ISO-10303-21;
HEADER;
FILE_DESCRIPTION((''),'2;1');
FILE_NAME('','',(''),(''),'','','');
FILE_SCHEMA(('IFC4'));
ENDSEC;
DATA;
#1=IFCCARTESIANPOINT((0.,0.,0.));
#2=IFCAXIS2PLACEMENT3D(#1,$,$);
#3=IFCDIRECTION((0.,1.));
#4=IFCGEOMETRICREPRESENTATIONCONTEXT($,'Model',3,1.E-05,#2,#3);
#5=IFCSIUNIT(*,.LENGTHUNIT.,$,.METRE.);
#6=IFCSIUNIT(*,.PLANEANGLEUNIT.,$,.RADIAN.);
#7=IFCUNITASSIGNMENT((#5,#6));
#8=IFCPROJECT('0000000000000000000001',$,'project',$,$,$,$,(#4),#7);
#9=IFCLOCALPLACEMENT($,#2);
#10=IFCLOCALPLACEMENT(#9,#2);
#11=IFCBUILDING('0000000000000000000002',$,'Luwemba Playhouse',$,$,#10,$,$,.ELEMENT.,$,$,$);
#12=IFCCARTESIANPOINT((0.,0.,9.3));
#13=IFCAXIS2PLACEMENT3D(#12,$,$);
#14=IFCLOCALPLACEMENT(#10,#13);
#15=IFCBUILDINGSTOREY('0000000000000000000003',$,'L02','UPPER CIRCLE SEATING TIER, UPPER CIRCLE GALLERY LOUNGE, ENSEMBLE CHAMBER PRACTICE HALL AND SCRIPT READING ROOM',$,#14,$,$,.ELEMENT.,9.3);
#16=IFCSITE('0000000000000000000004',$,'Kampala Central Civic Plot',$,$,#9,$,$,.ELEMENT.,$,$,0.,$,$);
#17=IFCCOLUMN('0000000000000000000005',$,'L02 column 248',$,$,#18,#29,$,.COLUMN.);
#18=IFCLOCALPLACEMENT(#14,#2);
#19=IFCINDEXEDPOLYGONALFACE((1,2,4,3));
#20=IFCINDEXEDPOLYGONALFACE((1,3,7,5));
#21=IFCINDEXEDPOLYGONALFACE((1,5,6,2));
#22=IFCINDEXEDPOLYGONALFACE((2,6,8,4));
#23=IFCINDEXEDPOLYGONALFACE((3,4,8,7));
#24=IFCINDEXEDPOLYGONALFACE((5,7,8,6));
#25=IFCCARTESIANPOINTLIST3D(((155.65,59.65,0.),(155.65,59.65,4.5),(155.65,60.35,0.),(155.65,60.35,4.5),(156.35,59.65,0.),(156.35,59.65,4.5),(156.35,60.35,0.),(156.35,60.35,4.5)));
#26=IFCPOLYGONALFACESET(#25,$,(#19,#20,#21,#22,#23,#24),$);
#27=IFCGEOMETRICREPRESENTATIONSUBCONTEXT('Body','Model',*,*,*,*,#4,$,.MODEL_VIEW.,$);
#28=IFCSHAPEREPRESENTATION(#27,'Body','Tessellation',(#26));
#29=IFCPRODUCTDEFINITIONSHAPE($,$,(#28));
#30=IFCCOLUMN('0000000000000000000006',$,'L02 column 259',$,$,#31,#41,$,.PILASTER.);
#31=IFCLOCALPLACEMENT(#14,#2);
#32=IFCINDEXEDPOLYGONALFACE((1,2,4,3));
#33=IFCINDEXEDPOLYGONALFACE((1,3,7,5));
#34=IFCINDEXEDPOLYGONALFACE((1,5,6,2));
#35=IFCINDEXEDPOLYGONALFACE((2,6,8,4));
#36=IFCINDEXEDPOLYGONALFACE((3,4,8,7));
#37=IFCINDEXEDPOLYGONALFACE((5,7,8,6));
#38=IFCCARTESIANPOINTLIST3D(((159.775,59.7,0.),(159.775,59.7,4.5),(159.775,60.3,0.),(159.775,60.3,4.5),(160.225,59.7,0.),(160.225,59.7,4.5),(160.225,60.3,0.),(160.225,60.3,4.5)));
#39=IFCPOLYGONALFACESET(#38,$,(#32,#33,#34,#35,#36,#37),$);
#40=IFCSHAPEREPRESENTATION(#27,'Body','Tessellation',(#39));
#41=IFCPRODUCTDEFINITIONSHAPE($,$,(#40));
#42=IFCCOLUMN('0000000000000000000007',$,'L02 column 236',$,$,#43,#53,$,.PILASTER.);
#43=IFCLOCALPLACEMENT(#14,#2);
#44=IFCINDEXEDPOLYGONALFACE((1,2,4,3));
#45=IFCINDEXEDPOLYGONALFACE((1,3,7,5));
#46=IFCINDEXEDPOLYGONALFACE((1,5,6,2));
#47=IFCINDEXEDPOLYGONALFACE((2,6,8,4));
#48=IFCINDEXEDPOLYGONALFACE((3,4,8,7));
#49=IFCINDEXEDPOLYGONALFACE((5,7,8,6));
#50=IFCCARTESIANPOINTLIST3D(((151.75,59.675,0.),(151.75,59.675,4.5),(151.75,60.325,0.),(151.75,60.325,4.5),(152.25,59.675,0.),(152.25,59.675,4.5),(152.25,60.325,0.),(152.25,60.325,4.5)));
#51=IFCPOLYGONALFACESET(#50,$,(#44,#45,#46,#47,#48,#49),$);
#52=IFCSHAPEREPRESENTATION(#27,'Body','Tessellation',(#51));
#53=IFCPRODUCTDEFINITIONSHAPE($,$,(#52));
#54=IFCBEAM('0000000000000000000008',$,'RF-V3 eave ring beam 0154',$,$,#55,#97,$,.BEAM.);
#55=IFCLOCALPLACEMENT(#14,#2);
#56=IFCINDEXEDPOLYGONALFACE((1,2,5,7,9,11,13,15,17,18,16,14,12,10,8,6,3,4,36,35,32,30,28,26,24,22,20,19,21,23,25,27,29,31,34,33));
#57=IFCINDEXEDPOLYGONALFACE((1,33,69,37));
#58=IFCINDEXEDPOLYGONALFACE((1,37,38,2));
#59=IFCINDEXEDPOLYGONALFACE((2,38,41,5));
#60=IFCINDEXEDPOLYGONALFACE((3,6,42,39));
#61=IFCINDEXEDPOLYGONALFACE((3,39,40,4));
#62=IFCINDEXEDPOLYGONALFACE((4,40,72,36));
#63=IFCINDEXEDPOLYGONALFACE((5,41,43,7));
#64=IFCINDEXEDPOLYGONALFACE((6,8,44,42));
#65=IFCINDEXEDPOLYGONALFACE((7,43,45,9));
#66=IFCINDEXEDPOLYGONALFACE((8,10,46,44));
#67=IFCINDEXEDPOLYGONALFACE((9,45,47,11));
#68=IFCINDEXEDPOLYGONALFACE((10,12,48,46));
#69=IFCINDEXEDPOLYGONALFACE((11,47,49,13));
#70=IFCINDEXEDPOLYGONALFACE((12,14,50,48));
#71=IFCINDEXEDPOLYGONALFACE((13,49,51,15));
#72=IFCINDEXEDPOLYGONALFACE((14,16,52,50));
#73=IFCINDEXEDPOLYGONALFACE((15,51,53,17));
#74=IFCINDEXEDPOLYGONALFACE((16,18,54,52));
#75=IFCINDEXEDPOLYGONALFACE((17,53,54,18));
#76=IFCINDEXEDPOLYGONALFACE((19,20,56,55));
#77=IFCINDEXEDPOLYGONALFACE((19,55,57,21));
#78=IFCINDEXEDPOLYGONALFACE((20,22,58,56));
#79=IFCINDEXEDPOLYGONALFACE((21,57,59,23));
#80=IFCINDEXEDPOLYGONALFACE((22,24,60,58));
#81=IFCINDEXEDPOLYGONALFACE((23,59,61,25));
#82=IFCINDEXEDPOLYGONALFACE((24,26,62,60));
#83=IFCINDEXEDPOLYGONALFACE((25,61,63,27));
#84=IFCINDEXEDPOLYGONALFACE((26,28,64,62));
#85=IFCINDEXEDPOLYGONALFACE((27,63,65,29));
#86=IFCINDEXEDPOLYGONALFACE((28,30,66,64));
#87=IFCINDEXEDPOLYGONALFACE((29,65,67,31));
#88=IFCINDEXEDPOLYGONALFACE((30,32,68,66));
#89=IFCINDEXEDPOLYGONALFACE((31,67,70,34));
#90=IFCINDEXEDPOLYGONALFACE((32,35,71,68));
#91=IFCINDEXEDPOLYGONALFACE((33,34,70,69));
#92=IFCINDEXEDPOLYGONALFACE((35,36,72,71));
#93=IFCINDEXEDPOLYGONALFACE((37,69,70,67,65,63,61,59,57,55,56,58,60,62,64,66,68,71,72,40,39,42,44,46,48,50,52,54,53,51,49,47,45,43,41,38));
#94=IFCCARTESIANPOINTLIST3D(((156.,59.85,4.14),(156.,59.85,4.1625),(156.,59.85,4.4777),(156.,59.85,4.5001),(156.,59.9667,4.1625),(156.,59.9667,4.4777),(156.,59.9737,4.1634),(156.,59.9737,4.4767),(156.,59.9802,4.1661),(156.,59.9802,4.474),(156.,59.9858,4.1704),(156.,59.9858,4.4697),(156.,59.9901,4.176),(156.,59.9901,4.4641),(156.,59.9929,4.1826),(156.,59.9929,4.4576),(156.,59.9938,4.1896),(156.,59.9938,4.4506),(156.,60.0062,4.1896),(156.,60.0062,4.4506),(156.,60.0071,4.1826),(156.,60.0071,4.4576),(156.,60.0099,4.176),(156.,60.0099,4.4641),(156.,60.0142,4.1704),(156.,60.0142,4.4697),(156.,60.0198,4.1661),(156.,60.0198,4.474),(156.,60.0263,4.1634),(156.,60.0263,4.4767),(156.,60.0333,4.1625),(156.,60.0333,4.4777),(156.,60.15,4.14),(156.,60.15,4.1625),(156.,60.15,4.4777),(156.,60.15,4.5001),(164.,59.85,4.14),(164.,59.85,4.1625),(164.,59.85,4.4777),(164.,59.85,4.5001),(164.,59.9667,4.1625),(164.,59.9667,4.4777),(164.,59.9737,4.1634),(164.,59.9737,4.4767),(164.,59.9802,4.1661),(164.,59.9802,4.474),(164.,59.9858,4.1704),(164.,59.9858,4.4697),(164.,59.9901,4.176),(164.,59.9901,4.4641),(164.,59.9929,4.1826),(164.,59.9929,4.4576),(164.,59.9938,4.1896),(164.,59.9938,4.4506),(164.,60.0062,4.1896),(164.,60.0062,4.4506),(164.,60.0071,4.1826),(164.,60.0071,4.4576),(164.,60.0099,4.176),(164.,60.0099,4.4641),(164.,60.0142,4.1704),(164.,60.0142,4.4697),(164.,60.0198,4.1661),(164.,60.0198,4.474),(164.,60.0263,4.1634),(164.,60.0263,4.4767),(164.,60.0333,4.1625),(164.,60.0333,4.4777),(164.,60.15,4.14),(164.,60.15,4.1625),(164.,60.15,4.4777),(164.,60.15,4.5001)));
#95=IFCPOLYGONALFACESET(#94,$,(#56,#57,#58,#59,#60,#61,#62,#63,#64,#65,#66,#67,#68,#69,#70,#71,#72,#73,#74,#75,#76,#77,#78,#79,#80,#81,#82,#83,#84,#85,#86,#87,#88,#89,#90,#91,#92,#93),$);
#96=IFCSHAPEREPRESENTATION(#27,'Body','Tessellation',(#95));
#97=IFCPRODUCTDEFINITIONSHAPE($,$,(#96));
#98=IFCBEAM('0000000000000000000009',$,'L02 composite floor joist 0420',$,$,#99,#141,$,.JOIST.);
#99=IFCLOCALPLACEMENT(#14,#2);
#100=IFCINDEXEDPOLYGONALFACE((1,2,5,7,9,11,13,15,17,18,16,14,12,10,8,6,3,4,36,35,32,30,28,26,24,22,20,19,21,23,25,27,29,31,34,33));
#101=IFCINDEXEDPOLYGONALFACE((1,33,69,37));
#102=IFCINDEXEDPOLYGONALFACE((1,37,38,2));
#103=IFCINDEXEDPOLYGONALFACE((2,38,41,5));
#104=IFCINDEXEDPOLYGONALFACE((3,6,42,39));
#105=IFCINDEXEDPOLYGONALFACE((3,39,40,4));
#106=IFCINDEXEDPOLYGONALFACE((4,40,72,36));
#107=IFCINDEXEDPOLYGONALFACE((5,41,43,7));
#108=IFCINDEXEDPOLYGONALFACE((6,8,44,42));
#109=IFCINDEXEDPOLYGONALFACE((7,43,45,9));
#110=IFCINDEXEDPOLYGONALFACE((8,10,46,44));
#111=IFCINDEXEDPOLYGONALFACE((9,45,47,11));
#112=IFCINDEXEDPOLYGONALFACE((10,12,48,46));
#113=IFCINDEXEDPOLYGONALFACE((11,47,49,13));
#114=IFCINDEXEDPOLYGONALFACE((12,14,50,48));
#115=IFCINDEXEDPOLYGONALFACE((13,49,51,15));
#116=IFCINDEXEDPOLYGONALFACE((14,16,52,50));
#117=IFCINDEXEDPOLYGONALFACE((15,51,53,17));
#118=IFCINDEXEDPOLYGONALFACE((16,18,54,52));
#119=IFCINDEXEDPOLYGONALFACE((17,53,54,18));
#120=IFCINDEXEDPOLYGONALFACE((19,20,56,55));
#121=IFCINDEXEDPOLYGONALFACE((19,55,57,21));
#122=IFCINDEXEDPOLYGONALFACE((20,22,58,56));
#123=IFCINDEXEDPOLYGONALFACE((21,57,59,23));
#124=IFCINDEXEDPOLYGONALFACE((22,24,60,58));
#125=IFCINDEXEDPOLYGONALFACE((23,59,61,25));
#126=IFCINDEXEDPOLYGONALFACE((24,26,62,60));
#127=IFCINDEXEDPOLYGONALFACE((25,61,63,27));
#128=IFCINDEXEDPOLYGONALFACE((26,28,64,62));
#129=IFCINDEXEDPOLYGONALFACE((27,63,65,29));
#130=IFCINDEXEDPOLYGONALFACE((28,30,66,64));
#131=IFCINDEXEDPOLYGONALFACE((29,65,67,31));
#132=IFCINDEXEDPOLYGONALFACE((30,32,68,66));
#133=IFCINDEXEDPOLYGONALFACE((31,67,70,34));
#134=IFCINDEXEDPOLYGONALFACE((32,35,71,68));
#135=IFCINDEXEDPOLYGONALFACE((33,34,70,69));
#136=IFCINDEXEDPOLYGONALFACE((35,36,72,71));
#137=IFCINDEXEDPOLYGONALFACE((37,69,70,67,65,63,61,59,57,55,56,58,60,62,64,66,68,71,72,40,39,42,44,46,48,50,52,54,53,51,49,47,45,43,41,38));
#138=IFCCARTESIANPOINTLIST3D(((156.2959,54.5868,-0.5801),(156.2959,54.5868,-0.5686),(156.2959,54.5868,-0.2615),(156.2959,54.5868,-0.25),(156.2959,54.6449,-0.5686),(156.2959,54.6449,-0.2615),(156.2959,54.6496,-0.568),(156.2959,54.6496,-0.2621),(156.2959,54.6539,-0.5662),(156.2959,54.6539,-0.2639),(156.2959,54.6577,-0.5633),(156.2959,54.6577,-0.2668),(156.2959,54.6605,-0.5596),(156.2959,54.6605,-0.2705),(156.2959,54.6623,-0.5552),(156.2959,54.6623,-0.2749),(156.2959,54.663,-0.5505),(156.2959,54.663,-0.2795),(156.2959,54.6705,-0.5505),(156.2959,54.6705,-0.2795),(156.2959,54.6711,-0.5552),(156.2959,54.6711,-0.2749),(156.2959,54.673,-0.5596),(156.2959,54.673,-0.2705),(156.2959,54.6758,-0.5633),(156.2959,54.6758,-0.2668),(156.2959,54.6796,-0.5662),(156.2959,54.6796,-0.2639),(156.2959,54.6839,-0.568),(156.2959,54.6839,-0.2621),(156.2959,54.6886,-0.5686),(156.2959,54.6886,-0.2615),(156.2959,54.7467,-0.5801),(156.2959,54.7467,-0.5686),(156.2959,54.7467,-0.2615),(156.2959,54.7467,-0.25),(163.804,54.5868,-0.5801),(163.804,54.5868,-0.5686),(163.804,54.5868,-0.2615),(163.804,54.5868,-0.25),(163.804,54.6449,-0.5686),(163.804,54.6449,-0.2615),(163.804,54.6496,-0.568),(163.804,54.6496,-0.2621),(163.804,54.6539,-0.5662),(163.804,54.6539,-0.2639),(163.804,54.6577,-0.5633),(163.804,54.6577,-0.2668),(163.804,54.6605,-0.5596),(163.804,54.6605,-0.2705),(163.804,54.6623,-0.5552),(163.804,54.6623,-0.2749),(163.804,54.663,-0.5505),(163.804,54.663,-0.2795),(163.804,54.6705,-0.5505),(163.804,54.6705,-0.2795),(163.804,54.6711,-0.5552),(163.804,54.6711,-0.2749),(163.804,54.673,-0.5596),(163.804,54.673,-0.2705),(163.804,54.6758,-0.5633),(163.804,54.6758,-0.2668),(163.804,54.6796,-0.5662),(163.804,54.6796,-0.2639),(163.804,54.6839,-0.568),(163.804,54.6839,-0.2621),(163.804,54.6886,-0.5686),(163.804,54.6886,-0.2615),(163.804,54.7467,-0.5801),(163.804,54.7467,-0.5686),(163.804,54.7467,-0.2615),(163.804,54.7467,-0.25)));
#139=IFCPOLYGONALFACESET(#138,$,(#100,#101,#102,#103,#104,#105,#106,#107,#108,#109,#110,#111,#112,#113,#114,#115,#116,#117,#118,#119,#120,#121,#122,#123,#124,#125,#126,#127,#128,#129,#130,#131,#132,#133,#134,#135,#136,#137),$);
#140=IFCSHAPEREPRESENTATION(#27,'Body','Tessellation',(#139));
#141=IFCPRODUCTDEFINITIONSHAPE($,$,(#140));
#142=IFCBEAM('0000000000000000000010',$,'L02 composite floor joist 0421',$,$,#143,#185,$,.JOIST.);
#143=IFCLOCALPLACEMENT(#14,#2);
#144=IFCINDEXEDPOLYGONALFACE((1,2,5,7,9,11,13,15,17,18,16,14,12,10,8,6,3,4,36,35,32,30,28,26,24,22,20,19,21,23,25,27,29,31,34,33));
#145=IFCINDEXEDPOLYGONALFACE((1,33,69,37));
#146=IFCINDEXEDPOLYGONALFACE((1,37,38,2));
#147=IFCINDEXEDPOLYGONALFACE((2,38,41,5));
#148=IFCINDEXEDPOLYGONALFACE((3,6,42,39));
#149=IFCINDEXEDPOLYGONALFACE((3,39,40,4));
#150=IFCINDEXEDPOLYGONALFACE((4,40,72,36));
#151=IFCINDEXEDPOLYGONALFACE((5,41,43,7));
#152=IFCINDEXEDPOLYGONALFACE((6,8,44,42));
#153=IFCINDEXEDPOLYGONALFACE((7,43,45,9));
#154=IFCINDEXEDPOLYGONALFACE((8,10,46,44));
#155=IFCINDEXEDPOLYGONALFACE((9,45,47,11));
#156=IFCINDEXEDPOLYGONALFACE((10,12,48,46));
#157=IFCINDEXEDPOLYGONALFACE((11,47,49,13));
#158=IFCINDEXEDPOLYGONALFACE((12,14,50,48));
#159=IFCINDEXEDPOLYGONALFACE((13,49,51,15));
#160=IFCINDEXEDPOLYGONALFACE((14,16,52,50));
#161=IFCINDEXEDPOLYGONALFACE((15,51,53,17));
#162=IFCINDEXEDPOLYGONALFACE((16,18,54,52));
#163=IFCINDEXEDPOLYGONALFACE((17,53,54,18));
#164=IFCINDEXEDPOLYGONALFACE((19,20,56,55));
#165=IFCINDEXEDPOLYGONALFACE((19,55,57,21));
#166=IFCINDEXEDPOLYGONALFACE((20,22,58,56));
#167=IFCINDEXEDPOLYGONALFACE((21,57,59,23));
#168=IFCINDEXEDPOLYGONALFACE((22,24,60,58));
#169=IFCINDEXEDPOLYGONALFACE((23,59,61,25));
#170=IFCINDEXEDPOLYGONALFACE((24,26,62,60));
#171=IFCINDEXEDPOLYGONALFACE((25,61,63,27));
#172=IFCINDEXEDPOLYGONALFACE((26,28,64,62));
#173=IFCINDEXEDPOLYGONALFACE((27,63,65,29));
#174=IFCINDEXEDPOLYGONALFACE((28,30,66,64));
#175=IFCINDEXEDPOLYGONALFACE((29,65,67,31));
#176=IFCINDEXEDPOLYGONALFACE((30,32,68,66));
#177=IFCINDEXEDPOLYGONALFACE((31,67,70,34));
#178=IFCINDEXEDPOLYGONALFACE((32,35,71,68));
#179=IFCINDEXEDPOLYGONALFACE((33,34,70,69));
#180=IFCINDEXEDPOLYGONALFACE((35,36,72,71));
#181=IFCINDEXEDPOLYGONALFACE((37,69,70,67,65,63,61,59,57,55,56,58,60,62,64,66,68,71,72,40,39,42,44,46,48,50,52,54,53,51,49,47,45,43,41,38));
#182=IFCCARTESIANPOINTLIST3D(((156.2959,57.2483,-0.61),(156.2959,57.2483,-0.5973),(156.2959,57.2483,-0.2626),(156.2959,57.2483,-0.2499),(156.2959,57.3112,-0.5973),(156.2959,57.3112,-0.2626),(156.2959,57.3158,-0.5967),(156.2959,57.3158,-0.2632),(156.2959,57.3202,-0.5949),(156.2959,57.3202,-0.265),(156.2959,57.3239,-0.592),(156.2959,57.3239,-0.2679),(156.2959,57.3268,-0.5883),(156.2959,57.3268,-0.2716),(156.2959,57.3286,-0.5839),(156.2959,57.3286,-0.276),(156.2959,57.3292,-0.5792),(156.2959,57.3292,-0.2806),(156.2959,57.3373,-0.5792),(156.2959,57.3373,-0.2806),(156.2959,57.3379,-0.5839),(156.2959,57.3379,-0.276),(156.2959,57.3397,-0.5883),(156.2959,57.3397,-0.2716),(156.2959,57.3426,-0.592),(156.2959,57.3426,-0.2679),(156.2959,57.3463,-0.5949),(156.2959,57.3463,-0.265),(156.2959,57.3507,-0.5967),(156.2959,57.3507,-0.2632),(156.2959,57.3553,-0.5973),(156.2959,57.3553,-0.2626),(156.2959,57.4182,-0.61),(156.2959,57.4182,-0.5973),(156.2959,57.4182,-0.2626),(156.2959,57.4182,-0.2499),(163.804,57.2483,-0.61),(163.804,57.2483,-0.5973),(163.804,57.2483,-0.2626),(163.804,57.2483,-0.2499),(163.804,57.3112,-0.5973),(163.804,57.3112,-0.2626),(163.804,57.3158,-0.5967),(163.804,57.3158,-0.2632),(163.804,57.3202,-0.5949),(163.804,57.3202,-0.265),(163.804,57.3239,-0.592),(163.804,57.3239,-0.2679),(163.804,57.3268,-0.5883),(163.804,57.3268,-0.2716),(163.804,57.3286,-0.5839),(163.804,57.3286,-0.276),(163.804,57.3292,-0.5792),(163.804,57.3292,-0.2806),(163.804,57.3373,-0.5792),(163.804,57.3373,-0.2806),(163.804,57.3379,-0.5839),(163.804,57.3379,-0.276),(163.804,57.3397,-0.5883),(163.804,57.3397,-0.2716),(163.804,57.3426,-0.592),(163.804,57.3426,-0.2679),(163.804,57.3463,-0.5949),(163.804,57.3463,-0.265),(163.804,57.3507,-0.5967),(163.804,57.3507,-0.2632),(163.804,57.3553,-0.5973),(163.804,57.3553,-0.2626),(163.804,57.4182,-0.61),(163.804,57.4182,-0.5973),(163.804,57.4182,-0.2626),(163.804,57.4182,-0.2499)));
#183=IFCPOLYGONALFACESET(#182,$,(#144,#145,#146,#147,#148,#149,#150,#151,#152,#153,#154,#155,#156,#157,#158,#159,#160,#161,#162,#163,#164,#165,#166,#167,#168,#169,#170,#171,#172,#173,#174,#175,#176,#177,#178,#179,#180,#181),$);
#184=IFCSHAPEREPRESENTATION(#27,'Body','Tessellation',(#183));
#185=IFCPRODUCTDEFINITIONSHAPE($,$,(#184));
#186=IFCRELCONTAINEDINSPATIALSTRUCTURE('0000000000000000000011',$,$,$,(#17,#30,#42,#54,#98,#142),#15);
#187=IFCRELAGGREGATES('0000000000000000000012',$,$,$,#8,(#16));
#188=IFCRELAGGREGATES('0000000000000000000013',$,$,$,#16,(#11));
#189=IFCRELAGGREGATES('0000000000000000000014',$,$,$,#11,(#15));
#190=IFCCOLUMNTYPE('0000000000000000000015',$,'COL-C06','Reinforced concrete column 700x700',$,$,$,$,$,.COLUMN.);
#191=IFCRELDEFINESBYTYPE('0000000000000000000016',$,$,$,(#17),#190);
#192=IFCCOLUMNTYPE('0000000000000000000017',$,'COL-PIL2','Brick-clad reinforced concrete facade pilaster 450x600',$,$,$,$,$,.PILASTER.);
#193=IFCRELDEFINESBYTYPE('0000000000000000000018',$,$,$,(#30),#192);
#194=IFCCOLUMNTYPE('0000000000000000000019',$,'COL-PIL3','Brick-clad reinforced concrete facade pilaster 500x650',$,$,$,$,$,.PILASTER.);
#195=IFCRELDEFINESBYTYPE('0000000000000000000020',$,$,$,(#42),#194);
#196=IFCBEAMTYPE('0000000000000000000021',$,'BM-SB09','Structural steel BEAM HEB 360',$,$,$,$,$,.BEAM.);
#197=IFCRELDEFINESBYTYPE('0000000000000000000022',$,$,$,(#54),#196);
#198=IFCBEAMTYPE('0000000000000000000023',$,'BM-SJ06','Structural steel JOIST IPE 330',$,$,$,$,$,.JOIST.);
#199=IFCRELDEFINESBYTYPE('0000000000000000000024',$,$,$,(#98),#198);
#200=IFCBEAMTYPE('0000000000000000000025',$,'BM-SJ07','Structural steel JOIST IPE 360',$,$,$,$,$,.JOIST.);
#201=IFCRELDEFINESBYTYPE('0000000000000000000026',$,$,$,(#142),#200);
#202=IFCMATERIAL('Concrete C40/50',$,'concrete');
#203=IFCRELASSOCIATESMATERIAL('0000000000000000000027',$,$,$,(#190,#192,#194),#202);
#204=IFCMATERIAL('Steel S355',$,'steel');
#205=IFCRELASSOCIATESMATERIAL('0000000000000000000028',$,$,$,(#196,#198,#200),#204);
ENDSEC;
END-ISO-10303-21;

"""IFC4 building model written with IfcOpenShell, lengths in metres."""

from ifc_helpers import new_model, si_unit, direction, frame, origin, origin_2d, place, context, subcontext, project, spatial, rectangle, i_section, extrude, material, material_profile, profile_set, type_object, element, save


model = new_model("IFC4")

# Units and contexts
model_context = context("Model", 3, precision=1e-05, world=origin(), true_north=direction((0.0, 1.0)))
body_context = subcontext(model_context, "Body", "Model", "MODEL_VIEW")
ifc_project = project(units=[si_unit("LENGTHUNIT", "METRE"), si_unit("PLANEANGLEUNIT", "RADIAN")], contexts=[model_context])

# Site, building, storey
site_placement = place(None, origin())
site = spatial("IfcSite", under=ifc_project, at=site_placement, Name="Kampala Central Civic Plot", CompositionType="ELEMENT", RefElevation=0.0)
building_placement = place(site_placement, origin())
building = spatial("IfcBuilding", under=site, at=building_placement, Name="Luwemba Playhouse", CompositionType="ELEMENT")
storey_placement = place(building_placement, frame((0.0, 0.0, 9.3)))
storey = spatial("IfcBuildingStorey", under=building, at=storey_placement, Name="L02", Description="UPPER CIRCLE SEATING TIER, UPPER CIRCLE GALLERY LOUNGE, ENSEMBLE CHAMBER PRACTICE HALL AND SCRIPT READING ROOM", CompositionType="ELEMENT", Elevation=9.3)

# Columns
ifc_material_1 = material(Name="Concrete C40/50", Category="concrete")
ifc_material_profile_1 = material_profile(ifc_material_1, rectangle(XDim=0.7, YDim=0.7, at=origin_2d()))
ifc_profile_set_1 = profile_set([ifc_material_profile_1], Name="Concrete C40/50")
column_type_1 = type_object("IfcColumnType", Name="COL-C06", Description="Reinforced concrete column 700x700", PredefinedType="COLUMN", material=ifc_profile_set_1)
column_1_placement = place(storey_placement, frame((156.0, 60.0, 0.0), z_axis=(0.0, 0.0, 1.0), x_axis=(1.0, 0.0, 0.0)))
element("IfcColumn", 1, at=column_1_placement, inside=storey, type_object=column_type_1, Name="L02 column 248", PredefinedType="COLUMN", context=body_context, shape_type="SweptSolid", body=[
    extrude(rectangle(XDim=0.7, YDim=0.7, at=origin_2d()), origin(), (0.0, 0.0, 1.0), 4.5),
])
ifc_material_profile_2 = material_profile(ifc_material_1, rectangle(XDim=0.45, YDim=0.6001, at=origin_2d()))
ifc_profile_set_2 = profile_set([ifc_material_profile_2], Name="Concrete C40/50")
column_type_2 = type_object("IfcColumnType", Name="COL-PIL2", Description="Brick-clad reinforced concrete facade pilaster 450x600", PredefinedType="PILASTER", material=ifc_profile_set_2)
column_2_placement = place(storey_placement, frame((160.0, 60.0, 0.0), z_axis=(0.0, 0.0, 1.0), x_axis=(1.0, 0.0, 0.0)))
element("IfcColumn", 2, at=column_2_placement, inside=storey, type_object=column_type_2, Name="L02 column 259", PredefinedType="PILASTER", context=body_context, shape_type="SweptSolid", body=[
    extrude(rectangle(XDim=0.45, YDim=0.6001, at=origin_2d()), origin(), (0.0, 0.0, 1.0), 4.5),
])
ifc_material_profile_3 = material_profile(ifc_material_1, rectangle(XDim=0.5, YDim=0.6499, at=origin_2d()))
ifc_profile_set_3 = profile_set([ifc_material_profile_3], Name="Concrete C40/50")
column_type_3 = type_object("IfcColumnType", Name="COL-PIL3", Description="Brick-clad reinforced concrete facade pilaster 500x650", PredefinedType="PILASTER", material=ifc_profile_set_3)
column_3_placement = place(storey_placement, frame((152.0, 60.0, 0.0), z_axis=(0.0, 0.0, 1.0), x_axis=(1.0, 0.0, 0.0)))
element("IfcColumn", 3, at=column_3_placement, inside=storey, type_object=column_type_3, Name="L02 column 236", PredefinedType="PILASTER", context=body_context, shape_type="SweptSolid", body=[
    extrude(rectangle(XDim=0.5, YDim=0.6499, at=origin_2d()), origin(), (0.0, 0.0, 1.0), 4.5),
])

# Beams
ifc_material_2 = material(Name="Steel S355", Category="steel")
ifc_material_profile_4 = material_profile(ifc_material_2, i_section(OverallWidth=0.3, OverallDepth=0.3601, WebThickness=0.0125, FlangeThickness=0.0225, FilletRadius=0.0271, at=origin_2d()))
ifc_profile_set_4 = profile_set([ifc_material_profile_4], Name="Steel S355")
beam_type_1 = type_object("IfcBeamType", Name="BM-SB09", Description="Structural steel BEAM HEB 360", PredefinedType="BEAM", material=ifc_profile_set_4)
beam_1_placement = place(storey_placement, frame((156.0, 60.0, 4.3201), z_axis=(1.0, 0.0, 0.0), x_axis=(0.0, 1.0, 0.0)))
element("IfcBeam", 4, at=beam_1_placement, inside=storey, type_object=beam_type_1, Name="RF-V3 eave ring beam 0154", PredefinedType="BEAM", context=body_context, shape_type="SweptSolid", body=[
    extrude(i_section(OverallWidth=0.3, OverallDepth=0.3601, WebThickness=0.0125, FlangeThickness=0.0225, FilletRadius=0.0271, at=origin_2d()), origin(), (0.0, 0.0, 1.0), 8.0),
])
ifc_material_profile_5 = material_profile(ifc_material_2, i_section(OverallWidth=0.1599, OverallDepth=0.3301, WebThickness=0.0076, FlangeThickness=0.0115, FilletRadius=0.0181, at=origin_2d()))
ifc_profile_set_5 = profile_set([ifc_material_profile_5], Name="Steel S355")
beam_type_2 = type_object("IfcBeamType", Name="BM-SJ06", Description="Structural steel JOIST IPE 330", PredefinedType="JOIST", material=ifc_profile_set_5)
beam_2_placement = place(storey_placement, frame((156.2959, 54.6667, -0.415), z_axis=(1.0, 0.0, 0.0), x_axis=(0.0, 1.0, 0.0)))
element("IfcBeam", 5, at=beam_2_placement, inside=storey, type_object=beam_type_2, Name="L02 composite floor joist 0420", PredefinedType="JOIST", context=body_context, shape_type="SweptSolid", body=[
    extrude(i_section(OverallWidth=0.1599, OverallDepth=0.3301, WebThickness=0.0076, FlangeThickness=0.0115, FilletRadius=0.0181, at=origin_2d()), origin(), (0.0, 0.0, 1.0), 7.5081),
])
ifc_material_profile_6 = material_profile(ifc_material_2, i_section(OverallWidth=0.1699, OverallDepth=0.3601, WebThickness=0.0081, FlangeThickness=0.0127, FilletRadius=0.0181, at=origin_2d()))
ifc_profile_set_6 = profile_set([ifc_material_profile_6], Name="Steel S355")
beam_type_3 = type_object("IfcBeamType", Name="BM-SJ07", Description="Structural steel JOIST IPE 360", PredefinedType="JOIST", material=ifc_profile_set_6)
beam_3_placement = place(storey_placement, frame((156.2959, 57.3333, -0.4299), z_axis=(1.0, 0.0, 0.0), x_axis=(0.0, 1.0, 0.0)))
element("IfcBeam", 6, at=beam_3_placement, inside=storey, type_object=beam_type_3, Name="L02 composite floor joist 0421", PredefinedType="JOIST", context=body_context, shape_type="SweptSolid", body=[
    extrude(i_section(OverallWidth=0.1699, OverallDepth=0.3601, WebThickness=0.0081, FlangeThickness=0.0127, FilletRadius=0.0181, at=origin_2d()), origin(), (0.0, 0.0, 1.0), 7.5081),
])

save(model, "model.ifc")
